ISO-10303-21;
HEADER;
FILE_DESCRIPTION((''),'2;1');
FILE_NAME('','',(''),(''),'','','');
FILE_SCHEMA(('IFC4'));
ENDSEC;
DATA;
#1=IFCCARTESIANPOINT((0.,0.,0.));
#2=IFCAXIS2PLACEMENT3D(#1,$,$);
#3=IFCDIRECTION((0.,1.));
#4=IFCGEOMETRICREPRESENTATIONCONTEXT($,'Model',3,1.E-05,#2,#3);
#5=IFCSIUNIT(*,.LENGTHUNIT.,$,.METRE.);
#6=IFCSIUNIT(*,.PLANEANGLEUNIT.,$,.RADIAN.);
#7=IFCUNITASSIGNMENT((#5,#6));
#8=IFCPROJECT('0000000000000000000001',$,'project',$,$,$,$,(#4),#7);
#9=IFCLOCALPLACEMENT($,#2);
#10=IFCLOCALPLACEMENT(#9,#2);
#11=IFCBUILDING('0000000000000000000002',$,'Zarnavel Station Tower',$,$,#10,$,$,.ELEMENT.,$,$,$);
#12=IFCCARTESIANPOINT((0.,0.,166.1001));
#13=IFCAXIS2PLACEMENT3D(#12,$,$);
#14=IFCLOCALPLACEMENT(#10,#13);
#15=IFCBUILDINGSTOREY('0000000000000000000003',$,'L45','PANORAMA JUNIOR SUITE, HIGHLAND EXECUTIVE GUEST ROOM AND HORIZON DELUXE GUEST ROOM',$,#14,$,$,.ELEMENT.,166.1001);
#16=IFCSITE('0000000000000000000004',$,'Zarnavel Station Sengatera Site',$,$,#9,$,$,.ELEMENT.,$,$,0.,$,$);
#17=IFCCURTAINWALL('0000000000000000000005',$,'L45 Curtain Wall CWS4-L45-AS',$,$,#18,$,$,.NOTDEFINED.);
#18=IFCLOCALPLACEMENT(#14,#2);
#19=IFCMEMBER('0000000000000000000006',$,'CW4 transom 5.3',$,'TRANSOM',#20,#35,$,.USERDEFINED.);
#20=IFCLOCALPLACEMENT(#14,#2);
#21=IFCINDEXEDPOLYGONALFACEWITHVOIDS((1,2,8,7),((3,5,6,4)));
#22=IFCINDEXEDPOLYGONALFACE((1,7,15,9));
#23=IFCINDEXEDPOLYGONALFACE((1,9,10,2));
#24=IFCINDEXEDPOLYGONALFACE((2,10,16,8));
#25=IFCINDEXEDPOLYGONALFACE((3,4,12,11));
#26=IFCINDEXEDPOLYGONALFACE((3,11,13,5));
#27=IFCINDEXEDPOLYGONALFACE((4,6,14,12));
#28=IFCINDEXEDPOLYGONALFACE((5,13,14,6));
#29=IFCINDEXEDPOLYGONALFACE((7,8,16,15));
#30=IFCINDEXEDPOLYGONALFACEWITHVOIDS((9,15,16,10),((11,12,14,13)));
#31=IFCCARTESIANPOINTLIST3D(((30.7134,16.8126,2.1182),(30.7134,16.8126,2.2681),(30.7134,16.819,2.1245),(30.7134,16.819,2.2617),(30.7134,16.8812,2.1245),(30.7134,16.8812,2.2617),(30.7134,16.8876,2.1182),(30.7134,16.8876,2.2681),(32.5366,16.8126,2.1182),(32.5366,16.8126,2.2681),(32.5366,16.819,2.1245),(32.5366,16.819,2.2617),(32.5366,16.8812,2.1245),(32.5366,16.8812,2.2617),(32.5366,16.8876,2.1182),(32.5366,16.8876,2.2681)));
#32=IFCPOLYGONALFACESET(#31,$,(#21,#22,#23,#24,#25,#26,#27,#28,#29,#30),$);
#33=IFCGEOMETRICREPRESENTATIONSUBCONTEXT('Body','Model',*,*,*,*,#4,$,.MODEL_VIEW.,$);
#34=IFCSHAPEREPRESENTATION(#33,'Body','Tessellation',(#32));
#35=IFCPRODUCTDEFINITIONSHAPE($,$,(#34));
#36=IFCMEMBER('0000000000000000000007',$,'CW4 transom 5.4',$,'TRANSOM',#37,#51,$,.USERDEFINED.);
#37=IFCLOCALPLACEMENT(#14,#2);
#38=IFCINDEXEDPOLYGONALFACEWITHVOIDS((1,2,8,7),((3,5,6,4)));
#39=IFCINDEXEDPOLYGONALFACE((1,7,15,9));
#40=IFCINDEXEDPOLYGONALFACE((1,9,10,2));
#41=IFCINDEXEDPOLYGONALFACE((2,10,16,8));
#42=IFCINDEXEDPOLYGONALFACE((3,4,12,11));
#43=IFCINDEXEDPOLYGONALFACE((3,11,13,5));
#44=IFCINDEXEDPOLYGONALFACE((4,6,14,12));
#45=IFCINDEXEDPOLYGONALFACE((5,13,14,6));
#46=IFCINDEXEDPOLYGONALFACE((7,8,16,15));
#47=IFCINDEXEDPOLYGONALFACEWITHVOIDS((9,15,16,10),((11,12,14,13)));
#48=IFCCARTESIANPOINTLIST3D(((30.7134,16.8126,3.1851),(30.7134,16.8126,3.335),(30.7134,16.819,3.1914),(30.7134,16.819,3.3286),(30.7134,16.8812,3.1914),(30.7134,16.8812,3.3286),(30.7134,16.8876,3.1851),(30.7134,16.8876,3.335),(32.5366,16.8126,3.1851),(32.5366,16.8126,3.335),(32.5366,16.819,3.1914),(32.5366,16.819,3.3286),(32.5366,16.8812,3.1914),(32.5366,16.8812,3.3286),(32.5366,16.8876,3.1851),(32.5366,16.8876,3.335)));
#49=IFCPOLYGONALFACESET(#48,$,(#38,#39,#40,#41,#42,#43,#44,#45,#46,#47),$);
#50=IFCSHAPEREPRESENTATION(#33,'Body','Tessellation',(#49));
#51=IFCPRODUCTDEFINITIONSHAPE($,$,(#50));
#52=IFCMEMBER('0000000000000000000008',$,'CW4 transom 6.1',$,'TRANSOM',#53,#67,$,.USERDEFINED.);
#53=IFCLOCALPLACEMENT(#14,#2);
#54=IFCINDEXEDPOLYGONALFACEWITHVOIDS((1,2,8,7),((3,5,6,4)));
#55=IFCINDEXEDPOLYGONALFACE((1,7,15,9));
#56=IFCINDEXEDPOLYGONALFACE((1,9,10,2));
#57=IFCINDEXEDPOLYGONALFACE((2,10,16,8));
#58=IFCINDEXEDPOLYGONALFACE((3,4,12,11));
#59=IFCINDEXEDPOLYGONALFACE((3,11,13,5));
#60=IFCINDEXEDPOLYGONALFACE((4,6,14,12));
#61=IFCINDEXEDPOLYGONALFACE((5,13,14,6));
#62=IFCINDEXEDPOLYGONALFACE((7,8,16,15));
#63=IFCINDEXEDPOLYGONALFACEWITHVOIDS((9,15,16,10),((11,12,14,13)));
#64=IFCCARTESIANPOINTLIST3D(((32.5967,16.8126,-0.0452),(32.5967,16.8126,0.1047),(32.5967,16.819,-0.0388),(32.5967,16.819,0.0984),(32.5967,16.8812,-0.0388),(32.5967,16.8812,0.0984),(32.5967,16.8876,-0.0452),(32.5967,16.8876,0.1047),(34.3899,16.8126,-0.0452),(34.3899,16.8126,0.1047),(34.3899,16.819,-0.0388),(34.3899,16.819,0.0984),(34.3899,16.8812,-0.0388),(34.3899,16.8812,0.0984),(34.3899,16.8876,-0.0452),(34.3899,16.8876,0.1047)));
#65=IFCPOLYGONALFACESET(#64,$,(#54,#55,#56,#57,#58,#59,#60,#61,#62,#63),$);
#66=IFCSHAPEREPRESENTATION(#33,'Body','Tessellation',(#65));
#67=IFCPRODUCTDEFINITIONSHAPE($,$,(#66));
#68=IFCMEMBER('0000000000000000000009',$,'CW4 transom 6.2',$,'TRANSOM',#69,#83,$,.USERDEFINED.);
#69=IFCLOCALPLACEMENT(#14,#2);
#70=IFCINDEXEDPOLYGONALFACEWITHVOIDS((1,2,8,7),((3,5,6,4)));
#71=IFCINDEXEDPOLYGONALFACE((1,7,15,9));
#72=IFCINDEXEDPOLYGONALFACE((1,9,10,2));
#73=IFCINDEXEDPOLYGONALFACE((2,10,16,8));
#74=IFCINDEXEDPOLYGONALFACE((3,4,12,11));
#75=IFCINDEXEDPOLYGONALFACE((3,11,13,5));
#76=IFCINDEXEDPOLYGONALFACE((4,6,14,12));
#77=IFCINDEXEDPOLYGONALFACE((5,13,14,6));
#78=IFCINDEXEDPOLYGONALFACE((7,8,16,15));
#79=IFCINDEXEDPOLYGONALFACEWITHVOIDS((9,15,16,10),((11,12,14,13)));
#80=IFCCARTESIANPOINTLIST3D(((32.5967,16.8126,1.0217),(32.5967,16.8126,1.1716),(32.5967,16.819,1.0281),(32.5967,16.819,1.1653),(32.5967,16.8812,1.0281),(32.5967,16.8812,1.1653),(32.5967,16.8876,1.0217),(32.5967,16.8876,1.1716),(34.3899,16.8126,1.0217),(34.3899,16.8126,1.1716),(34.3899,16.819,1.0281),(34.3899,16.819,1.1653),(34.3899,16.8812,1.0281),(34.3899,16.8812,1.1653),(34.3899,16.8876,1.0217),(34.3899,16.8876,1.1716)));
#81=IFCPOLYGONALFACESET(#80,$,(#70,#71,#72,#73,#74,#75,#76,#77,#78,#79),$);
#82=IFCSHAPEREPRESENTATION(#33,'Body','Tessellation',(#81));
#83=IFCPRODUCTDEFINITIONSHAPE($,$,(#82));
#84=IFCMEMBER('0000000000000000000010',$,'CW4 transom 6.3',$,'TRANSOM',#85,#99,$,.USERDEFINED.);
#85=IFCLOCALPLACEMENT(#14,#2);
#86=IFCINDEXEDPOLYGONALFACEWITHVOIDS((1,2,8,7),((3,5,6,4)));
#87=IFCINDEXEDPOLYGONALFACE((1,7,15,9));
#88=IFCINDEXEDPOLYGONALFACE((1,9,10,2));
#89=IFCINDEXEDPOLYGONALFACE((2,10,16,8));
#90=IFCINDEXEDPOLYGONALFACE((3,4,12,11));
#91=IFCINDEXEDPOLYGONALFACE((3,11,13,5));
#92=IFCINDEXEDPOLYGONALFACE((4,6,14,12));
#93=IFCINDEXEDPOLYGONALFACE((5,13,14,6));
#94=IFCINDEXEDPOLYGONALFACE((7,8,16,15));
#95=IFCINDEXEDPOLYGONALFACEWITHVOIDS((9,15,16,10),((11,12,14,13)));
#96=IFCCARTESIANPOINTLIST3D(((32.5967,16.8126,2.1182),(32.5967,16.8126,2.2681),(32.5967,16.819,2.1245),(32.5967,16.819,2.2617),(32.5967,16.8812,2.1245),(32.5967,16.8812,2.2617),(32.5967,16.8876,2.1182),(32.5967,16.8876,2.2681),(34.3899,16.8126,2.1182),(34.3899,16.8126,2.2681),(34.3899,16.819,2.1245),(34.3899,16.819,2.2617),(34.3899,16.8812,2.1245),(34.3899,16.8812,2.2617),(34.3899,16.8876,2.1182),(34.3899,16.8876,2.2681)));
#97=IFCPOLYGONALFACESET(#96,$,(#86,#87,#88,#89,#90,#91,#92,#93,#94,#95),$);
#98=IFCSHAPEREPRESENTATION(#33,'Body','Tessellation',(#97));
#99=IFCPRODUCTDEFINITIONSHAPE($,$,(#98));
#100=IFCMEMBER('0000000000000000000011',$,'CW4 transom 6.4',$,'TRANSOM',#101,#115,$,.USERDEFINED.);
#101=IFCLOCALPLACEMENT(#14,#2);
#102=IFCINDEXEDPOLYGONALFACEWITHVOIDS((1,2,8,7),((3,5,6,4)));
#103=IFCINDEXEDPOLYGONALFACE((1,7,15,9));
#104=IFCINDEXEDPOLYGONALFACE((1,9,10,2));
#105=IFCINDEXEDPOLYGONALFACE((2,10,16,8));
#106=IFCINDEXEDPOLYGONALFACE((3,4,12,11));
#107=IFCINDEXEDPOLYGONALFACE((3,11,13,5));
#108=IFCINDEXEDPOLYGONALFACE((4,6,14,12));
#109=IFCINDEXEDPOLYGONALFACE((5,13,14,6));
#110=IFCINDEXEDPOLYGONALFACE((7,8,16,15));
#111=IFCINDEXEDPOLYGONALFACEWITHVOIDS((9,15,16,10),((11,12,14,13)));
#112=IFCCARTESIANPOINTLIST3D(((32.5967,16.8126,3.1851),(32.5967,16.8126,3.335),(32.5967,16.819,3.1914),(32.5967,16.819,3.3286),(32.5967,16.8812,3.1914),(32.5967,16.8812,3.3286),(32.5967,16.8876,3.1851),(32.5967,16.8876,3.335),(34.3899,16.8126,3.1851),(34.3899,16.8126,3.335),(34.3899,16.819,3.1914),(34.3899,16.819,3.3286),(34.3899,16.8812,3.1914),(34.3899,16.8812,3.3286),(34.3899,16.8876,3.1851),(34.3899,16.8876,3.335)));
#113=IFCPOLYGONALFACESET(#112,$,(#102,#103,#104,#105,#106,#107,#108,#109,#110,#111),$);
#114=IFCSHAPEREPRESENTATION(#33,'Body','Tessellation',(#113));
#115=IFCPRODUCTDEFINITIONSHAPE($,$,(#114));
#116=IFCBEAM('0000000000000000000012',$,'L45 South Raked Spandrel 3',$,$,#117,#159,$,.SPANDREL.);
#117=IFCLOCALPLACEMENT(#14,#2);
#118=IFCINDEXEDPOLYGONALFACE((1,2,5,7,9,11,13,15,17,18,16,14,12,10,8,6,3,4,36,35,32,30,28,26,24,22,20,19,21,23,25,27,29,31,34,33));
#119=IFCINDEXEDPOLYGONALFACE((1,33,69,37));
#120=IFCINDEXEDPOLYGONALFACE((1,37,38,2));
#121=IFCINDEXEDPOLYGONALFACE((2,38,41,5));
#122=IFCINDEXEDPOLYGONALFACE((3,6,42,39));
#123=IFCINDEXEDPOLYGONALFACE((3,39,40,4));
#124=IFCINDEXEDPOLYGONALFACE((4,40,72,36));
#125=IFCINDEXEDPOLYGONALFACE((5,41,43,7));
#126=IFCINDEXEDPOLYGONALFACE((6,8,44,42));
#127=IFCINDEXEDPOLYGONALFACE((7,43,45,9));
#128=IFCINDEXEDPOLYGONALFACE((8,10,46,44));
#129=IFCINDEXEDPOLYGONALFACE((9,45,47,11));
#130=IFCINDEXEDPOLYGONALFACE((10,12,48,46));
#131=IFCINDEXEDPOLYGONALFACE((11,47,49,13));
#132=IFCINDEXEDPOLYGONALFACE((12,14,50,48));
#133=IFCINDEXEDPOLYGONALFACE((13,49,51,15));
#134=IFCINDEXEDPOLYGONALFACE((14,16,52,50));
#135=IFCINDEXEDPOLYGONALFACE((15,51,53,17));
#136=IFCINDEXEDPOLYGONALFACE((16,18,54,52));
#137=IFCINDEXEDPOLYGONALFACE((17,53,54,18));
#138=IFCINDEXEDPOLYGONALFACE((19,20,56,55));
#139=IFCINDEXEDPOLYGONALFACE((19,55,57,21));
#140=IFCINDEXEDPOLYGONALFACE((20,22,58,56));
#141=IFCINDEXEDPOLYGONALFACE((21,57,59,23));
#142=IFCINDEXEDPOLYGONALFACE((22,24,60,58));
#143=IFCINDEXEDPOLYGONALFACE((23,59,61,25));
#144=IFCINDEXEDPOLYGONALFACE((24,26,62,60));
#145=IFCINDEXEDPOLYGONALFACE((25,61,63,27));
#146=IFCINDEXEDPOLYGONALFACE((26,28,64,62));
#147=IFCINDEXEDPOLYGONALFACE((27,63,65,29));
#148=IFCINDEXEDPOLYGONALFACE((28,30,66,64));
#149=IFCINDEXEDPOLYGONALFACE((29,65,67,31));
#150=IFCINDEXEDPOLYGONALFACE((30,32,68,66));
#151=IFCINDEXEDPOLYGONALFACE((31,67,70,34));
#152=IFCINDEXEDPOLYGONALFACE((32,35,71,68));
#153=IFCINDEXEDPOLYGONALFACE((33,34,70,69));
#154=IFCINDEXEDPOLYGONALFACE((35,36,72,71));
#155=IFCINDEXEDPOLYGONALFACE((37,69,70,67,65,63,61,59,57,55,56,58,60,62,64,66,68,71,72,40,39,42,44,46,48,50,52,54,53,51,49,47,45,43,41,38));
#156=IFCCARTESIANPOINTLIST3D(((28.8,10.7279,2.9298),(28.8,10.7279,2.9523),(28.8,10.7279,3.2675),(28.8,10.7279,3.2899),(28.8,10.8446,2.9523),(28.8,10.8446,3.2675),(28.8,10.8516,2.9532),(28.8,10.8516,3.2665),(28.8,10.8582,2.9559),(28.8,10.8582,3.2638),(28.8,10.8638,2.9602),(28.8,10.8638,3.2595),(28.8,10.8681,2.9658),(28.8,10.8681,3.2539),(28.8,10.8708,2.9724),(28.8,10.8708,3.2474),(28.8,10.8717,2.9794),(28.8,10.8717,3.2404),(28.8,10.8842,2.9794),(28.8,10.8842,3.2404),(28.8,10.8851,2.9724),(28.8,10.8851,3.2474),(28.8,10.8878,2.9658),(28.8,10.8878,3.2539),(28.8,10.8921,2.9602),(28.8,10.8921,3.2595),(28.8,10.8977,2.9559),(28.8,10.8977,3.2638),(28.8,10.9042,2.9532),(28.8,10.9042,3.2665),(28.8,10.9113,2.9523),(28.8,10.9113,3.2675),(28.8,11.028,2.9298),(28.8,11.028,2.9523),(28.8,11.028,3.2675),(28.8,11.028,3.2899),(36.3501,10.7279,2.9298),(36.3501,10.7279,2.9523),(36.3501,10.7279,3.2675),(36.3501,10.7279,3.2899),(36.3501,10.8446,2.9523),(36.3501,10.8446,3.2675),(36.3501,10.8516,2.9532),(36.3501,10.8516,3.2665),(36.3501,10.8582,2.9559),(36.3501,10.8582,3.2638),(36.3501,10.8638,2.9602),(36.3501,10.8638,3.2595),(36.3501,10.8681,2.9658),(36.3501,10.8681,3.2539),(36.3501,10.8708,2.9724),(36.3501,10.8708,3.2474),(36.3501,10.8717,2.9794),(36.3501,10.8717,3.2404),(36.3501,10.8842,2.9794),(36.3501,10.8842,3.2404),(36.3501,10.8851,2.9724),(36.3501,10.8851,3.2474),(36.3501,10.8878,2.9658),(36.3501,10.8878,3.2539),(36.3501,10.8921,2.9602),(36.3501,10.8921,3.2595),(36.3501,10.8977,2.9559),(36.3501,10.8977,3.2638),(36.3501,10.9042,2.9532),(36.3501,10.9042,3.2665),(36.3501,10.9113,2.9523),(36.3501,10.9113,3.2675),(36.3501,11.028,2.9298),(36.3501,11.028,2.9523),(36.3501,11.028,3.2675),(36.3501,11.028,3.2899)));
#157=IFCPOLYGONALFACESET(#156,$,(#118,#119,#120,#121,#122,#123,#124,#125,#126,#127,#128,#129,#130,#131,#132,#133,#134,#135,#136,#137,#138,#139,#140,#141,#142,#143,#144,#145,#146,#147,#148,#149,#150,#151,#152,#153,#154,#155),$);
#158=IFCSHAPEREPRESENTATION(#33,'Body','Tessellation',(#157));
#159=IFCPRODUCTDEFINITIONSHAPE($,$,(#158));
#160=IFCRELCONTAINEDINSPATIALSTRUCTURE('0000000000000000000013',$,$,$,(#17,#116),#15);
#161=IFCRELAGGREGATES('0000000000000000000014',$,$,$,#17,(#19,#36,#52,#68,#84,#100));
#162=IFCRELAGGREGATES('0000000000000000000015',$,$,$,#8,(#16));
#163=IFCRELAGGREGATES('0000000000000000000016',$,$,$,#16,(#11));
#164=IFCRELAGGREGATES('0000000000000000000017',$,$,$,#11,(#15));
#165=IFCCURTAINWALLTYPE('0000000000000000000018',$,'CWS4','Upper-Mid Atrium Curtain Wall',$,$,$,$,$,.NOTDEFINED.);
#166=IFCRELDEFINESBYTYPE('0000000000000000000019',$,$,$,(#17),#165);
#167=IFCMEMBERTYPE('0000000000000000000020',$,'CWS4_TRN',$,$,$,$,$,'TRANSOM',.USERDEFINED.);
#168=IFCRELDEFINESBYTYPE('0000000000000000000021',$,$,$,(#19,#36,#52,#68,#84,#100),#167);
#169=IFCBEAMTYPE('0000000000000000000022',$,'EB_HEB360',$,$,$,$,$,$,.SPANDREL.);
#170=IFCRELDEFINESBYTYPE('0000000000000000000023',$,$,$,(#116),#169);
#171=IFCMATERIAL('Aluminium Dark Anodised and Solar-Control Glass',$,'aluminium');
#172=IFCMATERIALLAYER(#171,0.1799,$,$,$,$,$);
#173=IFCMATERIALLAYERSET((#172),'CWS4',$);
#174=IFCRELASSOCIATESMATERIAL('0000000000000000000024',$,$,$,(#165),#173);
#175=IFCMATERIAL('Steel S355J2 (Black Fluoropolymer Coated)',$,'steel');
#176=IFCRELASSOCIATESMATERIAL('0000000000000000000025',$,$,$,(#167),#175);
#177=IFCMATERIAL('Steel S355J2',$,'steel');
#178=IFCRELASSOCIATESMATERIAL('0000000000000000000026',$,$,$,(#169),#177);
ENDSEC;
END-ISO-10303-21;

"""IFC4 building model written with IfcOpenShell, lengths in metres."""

from ifc_helpers import new_model, si_unit, direction, frame, origin, origin_2d, place, context, subcontext, project, spatial, hollow_rectangle, i_section, extrude, material, layer, layer_set, material_profile, profile_set, type_object, element, aggregate, save


model = new_model("IFC4")

# Units and contexts
model_context = context("Model", 3, precision=1e-05, world=origin(), true_north=direction((0.0, 1.0)))
body_context = subcontext(model_context, "Body", "Model", "MODEL_VIEW")
ifc_project = project(units=[si_unit("LENGTHUNIT", "METRE"), si_unit("PLANEANGLEUNIT", "RADIAN")], contexts=[model_context])

# Site, building, storey
site_placement = place(None, origin())
site = spatial("IfcSite", under=ifc_project, at=site_placement, Name="Zarnavel Station Sengatera Site", CompositionType="ELEMENT", RefElevation=0.0)
building_placement = place(site_placement, origin())
building = spatial("IfcBuilding", under=site, at=building_placement, Name="Zarnavel Station Tower", CompositionType="ELEMENT")
storey_placement = place(building_placement, frame((0.0, 0.0, 166.1001)))
storey = spatial("IfcBuildingStorey", under=building, at=storey_placement, Name="L45", Description="PANORAMA JUNIOR SUITE, HIGHLAND EXECUTIVE GUEST ROOM AND HORIZON DELUXE GUEST ROOM", CompositionType="ELEMENT", Elevation=166.1001)

# Curtain wall, members
ifc_material_1 = material(Name="Aluminium Dark Anodised and Solar-Control Glass", Category="aluminium")
ifc_layer_1 = layer(ifc_material_1, 0.1799)
ifc_layer_set_1 = layer_set([ifc_layer_1], Name="CWS4")
curtain_wall_type = type_object("IfcCurtainWallType", Name="CWS4", Description="Upper-Mid Atrium Curtain Wall", PredefinedType="NOTDEFINED", material=ifc_layer_set_1)
curtain_wall_placement = place(storey_placement, origin())
curtain_wall = element("IfcCurtainWall", 1, at=curtain_wall_placement, inside=storey, type_object=curtain_wall_type, Name="L45 Curtain Wall CWS4-L45-AS", PredefinedType="NOTDEFINED")
ifc_material_2 = material(Name="Steel S355J2 (Black Fluoropolymer Coated)", Category="steel")
ifc_material_profile_1 = material_profile(ifc_material_2, hollow_rectangle(XDim=0.075, YDim=0.1499, WallThickness=0.0063, at=origin_2d()), Name="RHS150x75x6.3")
ifc_profile_set_1 = profile_set([ifc_material_profile_1], Name="Steel S355J2 (Black Fluoropolymer Coated)")
member_type_1 = type_object("IfcMemberType", Name="CWS4_TRN", ElementType="TRANSOM", PredefinedType="USERDEFINED", material=ifc_profile_set_1)
member_1_placement = place(storey_placement, frame((30.7134, 16.8501, 2.1931), z_axis=(1.0, 0.0, 0.0), x_axis=(0.0, 1.0, 0.0)))
member_1 = element("IfcMember", 2, at=member_1_placement, type_object=member_type_1, Name="CW4 transom 5.3", ObjectType="TRANSOM", PredefinedType="USERDEFINED", context=body_context, shape_type="SweptSolid", body=[
    extrude(hollow_rectangle(XDim=0.075, YDim=0.1499, WallThickness=0.0063, at=origin_2d()), origin(), (0.0, 0.0, 1.0), 1.8232),
])
member_2_placement = place(storey_placement, frame((30.7134, 16.8501, 3.26), z_axis=(1.0, 0.0, 0.0), x_axis=(0.0, 1.0, 0.0)))
member_2 = element("IfcMember", 3, at=member_2_placement, type_object=member_type_1, Name="CW4 transom 5.4", ObjectType="TRANSOM", PredefinedType="USERDEFINED", context=body_context, shape_type="SweptSolid", body=[
    extrude(hollow_rectangle(XDim=0.075, YDim=0.1499, WallThickness=0.0063, at=origin_2d()), origin(), (0.0, 0.0, 1.0), 1.8232),
])
member_3_placement = place(storey_placement, frame((32.5967, 16.8501, 0.0298), z_axis=(1.0, 0.0, 0.0), x_axis=(0.0, 1.0, 0.0)))
member_3 = element("IfcMember", 4, at=member_3_placement, type_object=member_type_1, Name="CW4 transom 6.1", ObjectType="TRANSOM", PredefinedType="USERDEFINED", context=body_context, shape_type="SweptSolid", body=[
    extrude(hollow_rectangle(XDim=0.075, YDim=0.1499, WallThickness=0.0063, at=origin_2d()), origin(), (0.0, 0.0, 1.0), 1.7932),
])
member_4_placement = place(storey_placement, frame((32.5967, 16.8501, 1.0967), z_axis=(1.0, 0.0, 0.0), x_axis=(0.0, 1.0, 0.0)))
member_4 = element("IfcMember", 5, at=member_4_placement, type_object=member_type_1, Name="CW4 transom 6.2", ObjectType="TRANSOM", PredefinedType="USERDEFINED", context=body_context, shape_type="SweptSolid", body=[
    extrude(hollow_rectangle(XDim=0.075, YDim=0.1499, WallThickness=0.0063, at=origin_2d()), origin(), (0.0, 0.0, 1.0), 1.7932),
])
member_5_placement = place(storey_placement, frame((32.5967, 16.8501, 2.1931), z_axis=(1.0, 0.0, 0.0), x_axis=(0.0, 1.0, 0.0)))
member_5 = element("IfcMember", 6, at=member_5_placement, type_object=member_type_1, Name="CW4 transom 6.3", ObjectType="TRANSOM", PredefinedType="USERDEFINED", context=body_context, shape_type="SweptSolid", body=[
    extrude(hollow_rectangle(XDim=0.075, YDim=0.1499, WallThickness=0.0063, at=origin_2d()), origin(), (0.0, 0.0, 1.0), 1.7932),
])
member_6_placement = place(storey_placement, frame((32.5967, 16.8501, 3.26), z_axis=(1.0, 0.0, 0.0), x_axis=(0.0, 1.0, 0.0)))
member_6 = element("IfcMember", 7, at=member_6_placement, type_object=member_type_1, Name="CW4 transom 6.4", ObjectType="TRANSOM", PredefinedType="USERDEFINED", context=body_context, shape_type="SweptSolid", body=[
    extrude(hollow_rectangle(XDim=0.075, YDim=0.1499, WallThickness=0.0063, at=origin_2d()), origin(), (0.0, 0.0, 1.0), 1.7932),
])

# Beam
ifc_material_3 = material(Name="Steel S355J2", Category="steel")
ifc_material_profile_2 = material_profile(ifc_material_3, i_section(OverallWidth=0.3, OverallDepth=0.3601, WebThickness=0.0125, FlangeThickness=0.0225, FilletRadius=0.0271, at=origin_2d()), Name="HEB360")
ifc_profile_set_2 = profile_set([ifc_material_profile_2], Name="Steel S355J2")
beam_type_1 = type_object("IfcBeamType", Name="EB_HEB360", PredefinedType="SPANDREL", material=ifc_profile_set_2)
beam_1_placement = place(storey_placement, frame((28.8, 10.8779, 3.1099), z_axis=(1.0, 0.0, 0.0), x_axis=(0.0, 1.0, 0.0)))
element("IfcBeam", 8, at=beam_1_placement, inside=storey, type_object=beam_type_1, Name="L45 South Raked Spandrel 3", PredefinedType="SPANDREL", context=body_context, shape_type="SweptSolid", body=[
    extrude(i_section(OverallWidth=0.3, OverallDepth=0.3601, WebThickness=0.0125, FlangeThickness=0.0225, FilletRadius=0.0271, at=origin_2d()), origin(), (0.0, 0.0, 1.0), 7.55),
])

aggregate(curtain_wall, [member_1, member_2, member_3, member_4, member_5, member_6])

save(model, "model.ifc")
